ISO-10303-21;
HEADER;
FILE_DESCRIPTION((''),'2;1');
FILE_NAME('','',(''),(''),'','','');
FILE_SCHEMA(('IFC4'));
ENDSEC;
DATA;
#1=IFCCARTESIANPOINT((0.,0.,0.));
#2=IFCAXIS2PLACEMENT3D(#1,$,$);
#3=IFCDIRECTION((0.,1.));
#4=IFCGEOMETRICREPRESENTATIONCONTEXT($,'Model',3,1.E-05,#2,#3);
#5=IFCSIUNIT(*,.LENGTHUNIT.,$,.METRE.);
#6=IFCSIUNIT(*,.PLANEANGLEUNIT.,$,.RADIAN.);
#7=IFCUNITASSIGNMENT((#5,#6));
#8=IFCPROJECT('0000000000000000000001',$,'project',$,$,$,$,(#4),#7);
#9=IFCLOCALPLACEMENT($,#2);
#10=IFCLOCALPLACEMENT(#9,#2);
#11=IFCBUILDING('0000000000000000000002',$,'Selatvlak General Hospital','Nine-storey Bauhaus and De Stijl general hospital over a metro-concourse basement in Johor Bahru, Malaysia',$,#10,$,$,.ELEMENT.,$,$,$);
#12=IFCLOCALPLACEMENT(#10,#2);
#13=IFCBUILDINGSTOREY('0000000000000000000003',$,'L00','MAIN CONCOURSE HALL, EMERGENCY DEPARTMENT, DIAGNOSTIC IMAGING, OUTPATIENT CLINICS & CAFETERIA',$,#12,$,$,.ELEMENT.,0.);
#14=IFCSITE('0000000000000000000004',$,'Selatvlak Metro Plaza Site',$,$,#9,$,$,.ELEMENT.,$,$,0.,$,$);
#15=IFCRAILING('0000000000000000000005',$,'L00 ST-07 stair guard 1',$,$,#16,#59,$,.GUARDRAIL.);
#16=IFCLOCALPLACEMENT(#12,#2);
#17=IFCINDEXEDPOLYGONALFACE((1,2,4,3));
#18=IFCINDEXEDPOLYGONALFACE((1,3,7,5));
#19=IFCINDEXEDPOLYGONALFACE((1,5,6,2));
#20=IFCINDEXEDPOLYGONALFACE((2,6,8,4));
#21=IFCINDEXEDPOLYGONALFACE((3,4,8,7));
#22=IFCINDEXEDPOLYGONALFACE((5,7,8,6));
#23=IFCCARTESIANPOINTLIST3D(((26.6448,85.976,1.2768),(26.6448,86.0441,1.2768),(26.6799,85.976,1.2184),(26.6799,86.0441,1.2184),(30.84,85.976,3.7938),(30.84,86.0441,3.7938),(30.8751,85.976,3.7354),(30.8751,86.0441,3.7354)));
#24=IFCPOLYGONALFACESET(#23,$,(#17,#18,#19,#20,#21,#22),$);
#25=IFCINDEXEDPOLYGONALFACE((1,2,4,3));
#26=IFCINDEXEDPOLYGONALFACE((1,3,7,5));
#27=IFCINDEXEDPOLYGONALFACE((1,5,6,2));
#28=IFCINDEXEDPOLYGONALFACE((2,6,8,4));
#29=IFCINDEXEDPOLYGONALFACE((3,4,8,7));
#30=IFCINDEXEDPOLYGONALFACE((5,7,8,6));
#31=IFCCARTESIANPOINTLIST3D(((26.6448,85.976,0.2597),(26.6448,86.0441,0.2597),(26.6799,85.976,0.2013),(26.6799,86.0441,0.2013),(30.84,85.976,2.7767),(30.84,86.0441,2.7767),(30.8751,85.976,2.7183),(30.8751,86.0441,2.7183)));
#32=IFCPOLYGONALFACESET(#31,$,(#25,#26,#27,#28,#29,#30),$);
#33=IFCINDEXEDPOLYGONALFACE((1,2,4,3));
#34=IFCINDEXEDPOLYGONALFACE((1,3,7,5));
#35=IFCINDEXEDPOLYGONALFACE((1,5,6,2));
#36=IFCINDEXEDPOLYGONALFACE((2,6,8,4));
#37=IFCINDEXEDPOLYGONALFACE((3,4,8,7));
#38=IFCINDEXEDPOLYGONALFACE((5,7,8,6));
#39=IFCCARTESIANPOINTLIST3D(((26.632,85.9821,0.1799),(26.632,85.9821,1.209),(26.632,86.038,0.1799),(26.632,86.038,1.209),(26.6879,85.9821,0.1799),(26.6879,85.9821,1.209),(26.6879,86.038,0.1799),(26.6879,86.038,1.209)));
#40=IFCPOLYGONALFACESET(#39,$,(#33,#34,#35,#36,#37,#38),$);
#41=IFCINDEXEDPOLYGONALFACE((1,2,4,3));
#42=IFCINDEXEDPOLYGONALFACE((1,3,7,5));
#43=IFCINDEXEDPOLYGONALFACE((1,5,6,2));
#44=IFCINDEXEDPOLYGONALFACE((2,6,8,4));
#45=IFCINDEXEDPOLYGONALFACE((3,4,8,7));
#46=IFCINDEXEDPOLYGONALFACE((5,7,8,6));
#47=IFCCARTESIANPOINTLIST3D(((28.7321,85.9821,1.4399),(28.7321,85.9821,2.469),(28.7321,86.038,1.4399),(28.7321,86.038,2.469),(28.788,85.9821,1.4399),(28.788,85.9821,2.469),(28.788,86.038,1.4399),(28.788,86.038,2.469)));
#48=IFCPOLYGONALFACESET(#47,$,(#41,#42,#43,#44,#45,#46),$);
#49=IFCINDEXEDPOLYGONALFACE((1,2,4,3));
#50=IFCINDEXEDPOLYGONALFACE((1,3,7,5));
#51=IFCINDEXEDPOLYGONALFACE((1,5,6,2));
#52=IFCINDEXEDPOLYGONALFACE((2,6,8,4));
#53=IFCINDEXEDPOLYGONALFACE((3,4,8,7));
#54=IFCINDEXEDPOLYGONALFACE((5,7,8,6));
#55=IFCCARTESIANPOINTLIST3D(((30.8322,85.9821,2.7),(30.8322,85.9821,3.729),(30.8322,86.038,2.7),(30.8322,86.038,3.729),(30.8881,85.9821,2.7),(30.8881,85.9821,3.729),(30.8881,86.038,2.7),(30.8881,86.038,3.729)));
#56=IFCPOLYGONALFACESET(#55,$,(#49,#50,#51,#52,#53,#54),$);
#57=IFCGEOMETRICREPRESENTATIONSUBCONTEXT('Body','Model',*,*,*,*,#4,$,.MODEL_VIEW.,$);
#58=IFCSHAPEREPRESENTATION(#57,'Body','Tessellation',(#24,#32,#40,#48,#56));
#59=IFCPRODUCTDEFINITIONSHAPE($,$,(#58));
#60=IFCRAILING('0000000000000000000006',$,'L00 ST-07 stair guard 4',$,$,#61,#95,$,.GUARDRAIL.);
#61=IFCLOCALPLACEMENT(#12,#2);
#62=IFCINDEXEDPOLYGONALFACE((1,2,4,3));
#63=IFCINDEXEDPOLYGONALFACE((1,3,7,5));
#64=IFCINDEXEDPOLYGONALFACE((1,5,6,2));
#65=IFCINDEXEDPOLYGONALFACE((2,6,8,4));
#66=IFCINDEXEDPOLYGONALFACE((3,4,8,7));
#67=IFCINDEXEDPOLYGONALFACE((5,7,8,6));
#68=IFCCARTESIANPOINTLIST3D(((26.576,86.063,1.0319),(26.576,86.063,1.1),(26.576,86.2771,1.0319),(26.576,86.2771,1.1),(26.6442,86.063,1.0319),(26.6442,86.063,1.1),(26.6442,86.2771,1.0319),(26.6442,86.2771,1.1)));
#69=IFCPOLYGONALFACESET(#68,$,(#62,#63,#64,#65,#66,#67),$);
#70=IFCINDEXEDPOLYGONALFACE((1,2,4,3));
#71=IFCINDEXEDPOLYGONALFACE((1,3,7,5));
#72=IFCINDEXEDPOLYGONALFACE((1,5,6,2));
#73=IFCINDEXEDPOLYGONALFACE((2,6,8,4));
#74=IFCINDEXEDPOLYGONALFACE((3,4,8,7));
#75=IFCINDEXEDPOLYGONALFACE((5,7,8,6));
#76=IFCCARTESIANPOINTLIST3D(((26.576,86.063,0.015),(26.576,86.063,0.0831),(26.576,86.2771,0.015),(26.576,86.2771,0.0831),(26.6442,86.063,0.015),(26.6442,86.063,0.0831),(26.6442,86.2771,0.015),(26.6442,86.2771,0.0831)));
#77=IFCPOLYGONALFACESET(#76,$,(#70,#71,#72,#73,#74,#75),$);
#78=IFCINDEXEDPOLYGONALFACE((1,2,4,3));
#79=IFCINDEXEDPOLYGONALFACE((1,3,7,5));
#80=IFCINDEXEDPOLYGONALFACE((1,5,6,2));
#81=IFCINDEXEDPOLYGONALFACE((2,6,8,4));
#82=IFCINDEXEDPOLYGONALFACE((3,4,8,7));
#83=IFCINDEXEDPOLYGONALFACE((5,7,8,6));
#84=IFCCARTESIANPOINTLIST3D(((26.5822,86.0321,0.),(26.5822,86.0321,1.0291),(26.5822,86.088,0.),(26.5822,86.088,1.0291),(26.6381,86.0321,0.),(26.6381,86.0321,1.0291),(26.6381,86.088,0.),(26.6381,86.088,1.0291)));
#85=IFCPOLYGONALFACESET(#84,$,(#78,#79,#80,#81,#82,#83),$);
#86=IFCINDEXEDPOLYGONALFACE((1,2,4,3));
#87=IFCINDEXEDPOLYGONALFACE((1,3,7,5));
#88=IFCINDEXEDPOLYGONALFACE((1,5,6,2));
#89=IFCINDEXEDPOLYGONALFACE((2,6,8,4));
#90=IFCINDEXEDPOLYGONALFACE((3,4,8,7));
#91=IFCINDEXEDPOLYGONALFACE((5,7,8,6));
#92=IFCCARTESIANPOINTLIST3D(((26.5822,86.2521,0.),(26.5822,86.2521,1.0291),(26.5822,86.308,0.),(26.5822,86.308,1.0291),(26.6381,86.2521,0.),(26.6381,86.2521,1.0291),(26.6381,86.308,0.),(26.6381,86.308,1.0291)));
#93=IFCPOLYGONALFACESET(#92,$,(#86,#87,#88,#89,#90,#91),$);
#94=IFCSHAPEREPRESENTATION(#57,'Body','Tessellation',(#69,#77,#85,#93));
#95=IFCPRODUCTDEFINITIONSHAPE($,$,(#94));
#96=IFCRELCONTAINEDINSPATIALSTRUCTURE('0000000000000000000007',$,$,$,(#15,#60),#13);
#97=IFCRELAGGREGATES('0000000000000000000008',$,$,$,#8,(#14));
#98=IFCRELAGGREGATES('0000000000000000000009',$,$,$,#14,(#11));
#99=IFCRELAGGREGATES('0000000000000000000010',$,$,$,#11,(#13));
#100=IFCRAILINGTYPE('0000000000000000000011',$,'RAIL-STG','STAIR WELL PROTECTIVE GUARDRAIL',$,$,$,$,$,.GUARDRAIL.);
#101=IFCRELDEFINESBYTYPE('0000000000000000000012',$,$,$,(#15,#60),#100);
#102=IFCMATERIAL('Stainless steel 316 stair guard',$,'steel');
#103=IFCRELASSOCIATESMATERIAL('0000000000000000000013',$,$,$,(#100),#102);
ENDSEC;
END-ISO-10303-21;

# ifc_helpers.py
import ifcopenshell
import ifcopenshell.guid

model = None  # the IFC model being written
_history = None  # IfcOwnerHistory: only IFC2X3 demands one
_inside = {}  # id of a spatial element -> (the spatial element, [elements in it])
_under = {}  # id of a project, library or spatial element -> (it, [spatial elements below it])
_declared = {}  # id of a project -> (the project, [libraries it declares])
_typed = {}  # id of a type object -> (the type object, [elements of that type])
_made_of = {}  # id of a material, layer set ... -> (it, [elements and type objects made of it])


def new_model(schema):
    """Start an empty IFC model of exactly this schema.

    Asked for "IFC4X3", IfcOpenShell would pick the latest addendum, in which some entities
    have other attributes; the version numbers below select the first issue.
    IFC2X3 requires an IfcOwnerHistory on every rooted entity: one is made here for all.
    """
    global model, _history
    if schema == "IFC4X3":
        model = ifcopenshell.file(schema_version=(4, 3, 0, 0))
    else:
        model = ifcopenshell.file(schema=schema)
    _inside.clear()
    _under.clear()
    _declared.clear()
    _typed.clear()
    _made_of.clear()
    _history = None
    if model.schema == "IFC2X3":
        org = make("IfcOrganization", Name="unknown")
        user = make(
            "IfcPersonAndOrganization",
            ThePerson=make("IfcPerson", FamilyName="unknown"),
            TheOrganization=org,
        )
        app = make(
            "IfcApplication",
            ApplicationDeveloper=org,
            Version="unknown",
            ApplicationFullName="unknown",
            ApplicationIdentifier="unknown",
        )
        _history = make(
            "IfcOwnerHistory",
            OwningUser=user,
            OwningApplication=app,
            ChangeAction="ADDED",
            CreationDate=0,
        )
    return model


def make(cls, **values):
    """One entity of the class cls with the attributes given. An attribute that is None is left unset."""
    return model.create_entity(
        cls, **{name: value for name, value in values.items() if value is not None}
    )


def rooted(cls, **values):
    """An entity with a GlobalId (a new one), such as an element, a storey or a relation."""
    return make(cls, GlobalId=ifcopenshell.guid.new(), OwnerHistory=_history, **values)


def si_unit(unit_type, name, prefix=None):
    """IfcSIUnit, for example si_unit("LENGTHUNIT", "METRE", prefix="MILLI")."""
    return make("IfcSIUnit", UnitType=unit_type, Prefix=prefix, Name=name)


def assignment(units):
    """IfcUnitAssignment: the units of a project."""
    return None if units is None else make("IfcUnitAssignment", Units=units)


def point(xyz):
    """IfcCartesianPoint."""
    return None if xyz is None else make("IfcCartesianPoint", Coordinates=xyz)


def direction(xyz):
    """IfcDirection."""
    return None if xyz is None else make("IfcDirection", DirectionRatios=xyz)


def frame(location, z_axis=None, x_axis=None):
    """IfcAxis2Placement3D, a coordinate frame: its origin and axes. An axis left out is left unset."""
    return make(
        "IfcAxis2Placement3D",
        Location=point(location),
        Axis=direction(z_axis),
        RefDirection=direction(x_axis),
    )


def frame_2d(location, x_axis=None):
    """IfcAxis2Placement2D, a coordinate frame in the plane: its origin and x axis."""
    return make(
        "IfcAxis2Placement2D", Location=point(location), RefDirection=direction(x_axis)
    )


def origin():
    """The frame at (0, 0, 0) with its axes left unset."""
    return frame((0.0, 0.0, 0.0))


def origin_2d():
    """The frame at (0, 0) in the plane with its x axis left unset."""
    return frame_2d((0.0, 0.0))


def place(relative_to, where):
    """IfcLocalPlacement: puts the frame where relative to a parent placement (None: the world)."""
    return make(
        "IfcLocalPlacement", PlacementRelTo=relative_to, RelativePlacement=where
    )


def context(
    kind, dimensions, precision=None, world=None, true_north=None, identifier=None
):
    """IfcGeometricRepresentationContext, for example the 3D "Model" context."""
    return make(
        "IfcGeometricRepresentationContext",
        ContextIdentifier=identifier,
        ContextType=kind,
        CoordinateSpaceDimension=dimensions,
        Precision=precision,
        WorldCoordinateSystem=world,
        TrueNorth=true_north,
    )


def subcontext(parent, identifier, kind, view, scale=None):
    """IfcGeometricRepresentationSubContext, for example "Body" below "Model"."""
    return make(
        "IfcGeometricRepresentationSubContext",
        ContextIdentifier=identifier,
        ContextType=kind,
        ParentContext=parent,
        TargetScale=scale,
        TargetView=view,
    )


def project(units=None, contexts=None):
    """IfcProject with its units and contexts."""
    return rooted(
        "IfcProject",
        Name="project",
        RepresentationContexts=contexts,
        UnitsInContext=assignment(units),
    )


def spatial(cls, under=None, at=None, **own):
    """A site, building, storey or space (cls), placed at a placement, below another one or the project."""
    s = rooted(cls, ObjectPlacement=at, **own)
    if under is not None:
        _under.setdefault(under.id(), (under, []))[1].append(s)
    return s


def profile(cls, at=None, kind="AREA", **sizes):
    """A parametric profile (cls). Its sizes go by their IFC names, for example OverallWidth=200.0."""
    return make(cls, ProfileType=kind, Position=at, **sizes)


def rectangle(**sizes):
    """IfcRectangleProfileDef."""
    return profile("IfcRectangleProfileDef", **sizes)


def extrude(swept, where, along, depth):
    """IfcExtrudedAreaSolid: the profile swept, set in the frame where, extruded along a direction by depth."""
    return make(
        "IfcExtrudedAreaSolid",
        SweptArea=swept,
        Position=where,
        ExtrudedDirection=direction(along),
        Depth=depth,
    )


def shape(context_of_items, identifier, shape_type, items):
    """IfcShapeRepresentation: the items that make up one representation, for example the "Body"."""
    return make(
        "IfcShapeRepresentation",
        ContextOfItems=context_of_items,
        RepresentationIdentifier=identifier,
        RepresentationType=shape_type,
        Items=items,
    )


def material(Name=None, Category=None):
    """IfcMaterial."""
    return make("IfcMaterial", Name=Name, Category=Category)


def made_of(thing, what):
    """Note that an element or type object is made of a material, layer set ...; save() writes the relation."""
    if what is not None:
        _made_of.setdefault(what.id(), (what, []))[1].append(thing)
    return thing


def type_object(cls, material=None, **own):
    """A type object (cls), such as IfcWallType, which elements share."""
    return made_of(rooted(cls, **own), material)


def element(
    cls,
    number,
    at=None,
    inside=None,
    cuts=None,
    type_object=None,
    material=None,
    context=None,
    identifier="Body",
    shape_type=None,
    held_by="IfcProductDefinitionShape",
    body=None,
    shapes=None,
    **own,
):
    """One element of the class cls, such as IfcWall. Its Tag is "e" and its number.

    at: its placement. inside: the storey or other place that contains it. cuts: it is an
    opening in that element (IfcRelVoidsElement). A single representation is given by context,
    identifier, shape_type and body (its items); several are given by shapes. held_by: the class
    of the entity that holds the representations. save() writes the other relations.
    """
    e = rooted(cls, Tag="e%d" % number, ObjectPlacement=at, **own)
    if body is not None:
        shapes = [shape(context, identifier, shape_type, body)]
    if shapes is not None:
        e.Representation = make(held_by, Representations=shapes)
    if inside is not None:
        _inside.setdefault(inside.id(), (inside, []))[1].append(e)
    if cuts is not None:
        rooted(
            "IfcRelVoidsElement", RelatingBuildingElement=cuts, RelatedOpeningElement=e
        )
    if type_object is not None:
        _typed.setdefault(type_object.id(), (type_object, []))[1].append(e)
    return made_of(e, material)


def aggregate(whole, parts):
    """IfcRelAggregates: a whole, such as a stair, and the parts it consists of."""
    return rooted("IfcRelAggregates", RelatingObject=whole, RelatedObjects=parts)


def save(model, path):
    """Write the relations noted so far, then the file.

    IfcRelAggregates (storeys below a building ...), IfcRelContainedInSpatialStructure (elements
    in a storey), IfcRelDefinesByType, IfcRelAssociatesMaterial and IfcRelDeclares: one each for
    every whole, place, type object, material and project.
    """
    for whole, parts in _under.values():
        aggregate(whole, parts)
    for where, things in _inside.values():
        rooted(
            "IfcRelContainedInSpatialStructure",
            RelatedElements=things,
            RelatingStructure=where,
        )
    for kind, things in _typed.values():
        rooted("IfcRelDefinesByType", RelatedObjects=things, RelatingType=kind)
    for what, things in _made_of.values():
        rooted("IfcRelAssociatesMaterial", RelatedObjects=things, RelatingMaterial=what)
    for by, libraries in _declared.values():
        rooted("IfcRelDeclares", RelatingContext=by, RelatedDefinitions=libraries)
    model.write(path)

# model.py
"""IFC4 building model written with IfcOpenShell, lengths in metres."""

from ifc_helpers import new_model, si_unit, direction, frame, origin, origin_2d, place, context, subcontext, project, spatial, rectangle, extrude, material, type_object, element, save


model = new_model("IFC4")

# Units and contexts
model_context = context("Model", 3, precision=1e-05, world=origin(), true_north=direction((0.0, 1.0)))
body_context = subcontext(model_context, "Body", "Model", "MODEL_VIEW")
ifc_project = project(units=[si_unit("LENGTHUNIT", "METRE"), si_unit("PLANEANGLEUNIT", "RADIAN")], contexts=[model_context])

# Site, building, storey
site_placement = place(None, origin())
site = spatial("IfcSite", under=ifc_project, at=site_placement, Name="Selatvlak Metro Plaza Site", CompositionType="ELEMENT", RefElevation=0.0)
building_placement = place(site_placement, origin())
building = spatial("IfcBuilding", under=site, at=building_placement, Name="Selatvlak General Hospital", Description="Nine-storey Bauhaus and De Stijl general hospital over a metro-concourse basement in Johor Bahru, Malaysia", CompositionType="ELEMENT")
storey_placement = place(building_placement, origin())
storey = spatial("IfcBuildingStorey", under=building, at=storey_placement, Name="L00", Description="MAIN CONCOURSE HALL, EMERGENCY DEPARTMENT, DIAGNOSTIC IMAGING, OUTPATIENT CLINICS & CAFETERIA", CompositionType="ELEMENT", Elevation=0.0)

# Railings
ifc_material_1 = material(Name="Stainless steel 316 stair guard", Category="steel")
railing_type_1 = type_object("IfcRailingType", Name="RAIL-STG", Description="STAIR WELL PROTECTIVE GUARDRAIL", PredefinedType="GUARDRAIL", material=ifc_material_1)
railing_1_placement = place(storey_placement, frame((26.6599, 86.01, 0.1799)))
element("IfcRailing", 1, at=railing_1_placement, inside=storey, type_object=railing_type_1, Name="L00 ST-07 stair guard 1", PredefinedType="GUARDRAIL", context=body_context, shape_type="SweptSolid", body=[
    extrude(rectangle(XDim=0.0681, YDim=0.0681, at=origin_2d()), frame((0.0024, 0.0, 1.0676), z_axis=(0.857502, 0.0, 0.514481), x_axis=(0.0, 1.0, 0.0)), (0.0, 0.0, 1.0), 4.8923),
    extrude(rectangle(XDim=0.0681, YDim=0.0681, at=origin_2d()), frame((0.0024, 0.0, 0.0505), z_axis=(0.857502, 0.0, 0.514481), x_axis=(0.0, 1.0, 0.0)), (0.0, 0.0, 1.0), 4.8923),
    extrude(rectangle(XDim=0.0559, YDim=0.0559, at=origin_2d()), origin(), (0.0, 0.0, 1.0), 1.0291),
    extrude(rectangle(XDim=0.0559, YDim=0.0559, at=origin_2d()), frame((2.1001, 0.0, 1.26)), (0.0, 0.0, 1.0), 1.0291),
    extrude(rectangle(XDim=0.0559, YDim=0.0559, at=origin_2d()), frame((4.2002, 0.0, 2.52)), (0.0, 0.0, 1.0), 1.0291),
])
railing_2_placement = place(storey_placement, frame((26.6101, 86.0601, 0.0)))
element("IfcRailing", 2, at=railing_2_placement, inside=storey, type_object=railing_type_1, Name="L00 ST-07 stair guard 4", PredefinedType="GUARDRAIL", context=body_context, shape_type="SweptSolid", body=[
    extrude(rectangle(XDim=0.0681, YDim=0.0681, at=origin_2d()), frame((0.0, 0.0029, 1.0659), z_axis=(0.0, 1.0, 0.0), x_axis=(-1.0, 0.0, 0.0)), (0.0, 0.0, 1.0), 0.2141),
    extrude(rectangle(XDim=0.0681, YDim=0.0681, at=origin_2d()), frame((0.0, 0.0029, 0.0491), z_axis=(0.0, 1.0, 0.0), x_axis=(-1.0, 0.0, 0.0)), (0.0, 0.0, 1.0), 0.2141),
    extrude(rectangle(XDim=0.0559, YDim=0.0559, at=origin_2d()), origin(), (0.0, 0.0, 1.0), 1.0291),
    extrude(rectangle(XDim=0.0559, YDim=0.0559, at=origin_2d()), frame((0.0, 0.22, 0.0)), (0.0, 0.0, 1.0), 1.0291),
])

save(model, "model.ifc")
